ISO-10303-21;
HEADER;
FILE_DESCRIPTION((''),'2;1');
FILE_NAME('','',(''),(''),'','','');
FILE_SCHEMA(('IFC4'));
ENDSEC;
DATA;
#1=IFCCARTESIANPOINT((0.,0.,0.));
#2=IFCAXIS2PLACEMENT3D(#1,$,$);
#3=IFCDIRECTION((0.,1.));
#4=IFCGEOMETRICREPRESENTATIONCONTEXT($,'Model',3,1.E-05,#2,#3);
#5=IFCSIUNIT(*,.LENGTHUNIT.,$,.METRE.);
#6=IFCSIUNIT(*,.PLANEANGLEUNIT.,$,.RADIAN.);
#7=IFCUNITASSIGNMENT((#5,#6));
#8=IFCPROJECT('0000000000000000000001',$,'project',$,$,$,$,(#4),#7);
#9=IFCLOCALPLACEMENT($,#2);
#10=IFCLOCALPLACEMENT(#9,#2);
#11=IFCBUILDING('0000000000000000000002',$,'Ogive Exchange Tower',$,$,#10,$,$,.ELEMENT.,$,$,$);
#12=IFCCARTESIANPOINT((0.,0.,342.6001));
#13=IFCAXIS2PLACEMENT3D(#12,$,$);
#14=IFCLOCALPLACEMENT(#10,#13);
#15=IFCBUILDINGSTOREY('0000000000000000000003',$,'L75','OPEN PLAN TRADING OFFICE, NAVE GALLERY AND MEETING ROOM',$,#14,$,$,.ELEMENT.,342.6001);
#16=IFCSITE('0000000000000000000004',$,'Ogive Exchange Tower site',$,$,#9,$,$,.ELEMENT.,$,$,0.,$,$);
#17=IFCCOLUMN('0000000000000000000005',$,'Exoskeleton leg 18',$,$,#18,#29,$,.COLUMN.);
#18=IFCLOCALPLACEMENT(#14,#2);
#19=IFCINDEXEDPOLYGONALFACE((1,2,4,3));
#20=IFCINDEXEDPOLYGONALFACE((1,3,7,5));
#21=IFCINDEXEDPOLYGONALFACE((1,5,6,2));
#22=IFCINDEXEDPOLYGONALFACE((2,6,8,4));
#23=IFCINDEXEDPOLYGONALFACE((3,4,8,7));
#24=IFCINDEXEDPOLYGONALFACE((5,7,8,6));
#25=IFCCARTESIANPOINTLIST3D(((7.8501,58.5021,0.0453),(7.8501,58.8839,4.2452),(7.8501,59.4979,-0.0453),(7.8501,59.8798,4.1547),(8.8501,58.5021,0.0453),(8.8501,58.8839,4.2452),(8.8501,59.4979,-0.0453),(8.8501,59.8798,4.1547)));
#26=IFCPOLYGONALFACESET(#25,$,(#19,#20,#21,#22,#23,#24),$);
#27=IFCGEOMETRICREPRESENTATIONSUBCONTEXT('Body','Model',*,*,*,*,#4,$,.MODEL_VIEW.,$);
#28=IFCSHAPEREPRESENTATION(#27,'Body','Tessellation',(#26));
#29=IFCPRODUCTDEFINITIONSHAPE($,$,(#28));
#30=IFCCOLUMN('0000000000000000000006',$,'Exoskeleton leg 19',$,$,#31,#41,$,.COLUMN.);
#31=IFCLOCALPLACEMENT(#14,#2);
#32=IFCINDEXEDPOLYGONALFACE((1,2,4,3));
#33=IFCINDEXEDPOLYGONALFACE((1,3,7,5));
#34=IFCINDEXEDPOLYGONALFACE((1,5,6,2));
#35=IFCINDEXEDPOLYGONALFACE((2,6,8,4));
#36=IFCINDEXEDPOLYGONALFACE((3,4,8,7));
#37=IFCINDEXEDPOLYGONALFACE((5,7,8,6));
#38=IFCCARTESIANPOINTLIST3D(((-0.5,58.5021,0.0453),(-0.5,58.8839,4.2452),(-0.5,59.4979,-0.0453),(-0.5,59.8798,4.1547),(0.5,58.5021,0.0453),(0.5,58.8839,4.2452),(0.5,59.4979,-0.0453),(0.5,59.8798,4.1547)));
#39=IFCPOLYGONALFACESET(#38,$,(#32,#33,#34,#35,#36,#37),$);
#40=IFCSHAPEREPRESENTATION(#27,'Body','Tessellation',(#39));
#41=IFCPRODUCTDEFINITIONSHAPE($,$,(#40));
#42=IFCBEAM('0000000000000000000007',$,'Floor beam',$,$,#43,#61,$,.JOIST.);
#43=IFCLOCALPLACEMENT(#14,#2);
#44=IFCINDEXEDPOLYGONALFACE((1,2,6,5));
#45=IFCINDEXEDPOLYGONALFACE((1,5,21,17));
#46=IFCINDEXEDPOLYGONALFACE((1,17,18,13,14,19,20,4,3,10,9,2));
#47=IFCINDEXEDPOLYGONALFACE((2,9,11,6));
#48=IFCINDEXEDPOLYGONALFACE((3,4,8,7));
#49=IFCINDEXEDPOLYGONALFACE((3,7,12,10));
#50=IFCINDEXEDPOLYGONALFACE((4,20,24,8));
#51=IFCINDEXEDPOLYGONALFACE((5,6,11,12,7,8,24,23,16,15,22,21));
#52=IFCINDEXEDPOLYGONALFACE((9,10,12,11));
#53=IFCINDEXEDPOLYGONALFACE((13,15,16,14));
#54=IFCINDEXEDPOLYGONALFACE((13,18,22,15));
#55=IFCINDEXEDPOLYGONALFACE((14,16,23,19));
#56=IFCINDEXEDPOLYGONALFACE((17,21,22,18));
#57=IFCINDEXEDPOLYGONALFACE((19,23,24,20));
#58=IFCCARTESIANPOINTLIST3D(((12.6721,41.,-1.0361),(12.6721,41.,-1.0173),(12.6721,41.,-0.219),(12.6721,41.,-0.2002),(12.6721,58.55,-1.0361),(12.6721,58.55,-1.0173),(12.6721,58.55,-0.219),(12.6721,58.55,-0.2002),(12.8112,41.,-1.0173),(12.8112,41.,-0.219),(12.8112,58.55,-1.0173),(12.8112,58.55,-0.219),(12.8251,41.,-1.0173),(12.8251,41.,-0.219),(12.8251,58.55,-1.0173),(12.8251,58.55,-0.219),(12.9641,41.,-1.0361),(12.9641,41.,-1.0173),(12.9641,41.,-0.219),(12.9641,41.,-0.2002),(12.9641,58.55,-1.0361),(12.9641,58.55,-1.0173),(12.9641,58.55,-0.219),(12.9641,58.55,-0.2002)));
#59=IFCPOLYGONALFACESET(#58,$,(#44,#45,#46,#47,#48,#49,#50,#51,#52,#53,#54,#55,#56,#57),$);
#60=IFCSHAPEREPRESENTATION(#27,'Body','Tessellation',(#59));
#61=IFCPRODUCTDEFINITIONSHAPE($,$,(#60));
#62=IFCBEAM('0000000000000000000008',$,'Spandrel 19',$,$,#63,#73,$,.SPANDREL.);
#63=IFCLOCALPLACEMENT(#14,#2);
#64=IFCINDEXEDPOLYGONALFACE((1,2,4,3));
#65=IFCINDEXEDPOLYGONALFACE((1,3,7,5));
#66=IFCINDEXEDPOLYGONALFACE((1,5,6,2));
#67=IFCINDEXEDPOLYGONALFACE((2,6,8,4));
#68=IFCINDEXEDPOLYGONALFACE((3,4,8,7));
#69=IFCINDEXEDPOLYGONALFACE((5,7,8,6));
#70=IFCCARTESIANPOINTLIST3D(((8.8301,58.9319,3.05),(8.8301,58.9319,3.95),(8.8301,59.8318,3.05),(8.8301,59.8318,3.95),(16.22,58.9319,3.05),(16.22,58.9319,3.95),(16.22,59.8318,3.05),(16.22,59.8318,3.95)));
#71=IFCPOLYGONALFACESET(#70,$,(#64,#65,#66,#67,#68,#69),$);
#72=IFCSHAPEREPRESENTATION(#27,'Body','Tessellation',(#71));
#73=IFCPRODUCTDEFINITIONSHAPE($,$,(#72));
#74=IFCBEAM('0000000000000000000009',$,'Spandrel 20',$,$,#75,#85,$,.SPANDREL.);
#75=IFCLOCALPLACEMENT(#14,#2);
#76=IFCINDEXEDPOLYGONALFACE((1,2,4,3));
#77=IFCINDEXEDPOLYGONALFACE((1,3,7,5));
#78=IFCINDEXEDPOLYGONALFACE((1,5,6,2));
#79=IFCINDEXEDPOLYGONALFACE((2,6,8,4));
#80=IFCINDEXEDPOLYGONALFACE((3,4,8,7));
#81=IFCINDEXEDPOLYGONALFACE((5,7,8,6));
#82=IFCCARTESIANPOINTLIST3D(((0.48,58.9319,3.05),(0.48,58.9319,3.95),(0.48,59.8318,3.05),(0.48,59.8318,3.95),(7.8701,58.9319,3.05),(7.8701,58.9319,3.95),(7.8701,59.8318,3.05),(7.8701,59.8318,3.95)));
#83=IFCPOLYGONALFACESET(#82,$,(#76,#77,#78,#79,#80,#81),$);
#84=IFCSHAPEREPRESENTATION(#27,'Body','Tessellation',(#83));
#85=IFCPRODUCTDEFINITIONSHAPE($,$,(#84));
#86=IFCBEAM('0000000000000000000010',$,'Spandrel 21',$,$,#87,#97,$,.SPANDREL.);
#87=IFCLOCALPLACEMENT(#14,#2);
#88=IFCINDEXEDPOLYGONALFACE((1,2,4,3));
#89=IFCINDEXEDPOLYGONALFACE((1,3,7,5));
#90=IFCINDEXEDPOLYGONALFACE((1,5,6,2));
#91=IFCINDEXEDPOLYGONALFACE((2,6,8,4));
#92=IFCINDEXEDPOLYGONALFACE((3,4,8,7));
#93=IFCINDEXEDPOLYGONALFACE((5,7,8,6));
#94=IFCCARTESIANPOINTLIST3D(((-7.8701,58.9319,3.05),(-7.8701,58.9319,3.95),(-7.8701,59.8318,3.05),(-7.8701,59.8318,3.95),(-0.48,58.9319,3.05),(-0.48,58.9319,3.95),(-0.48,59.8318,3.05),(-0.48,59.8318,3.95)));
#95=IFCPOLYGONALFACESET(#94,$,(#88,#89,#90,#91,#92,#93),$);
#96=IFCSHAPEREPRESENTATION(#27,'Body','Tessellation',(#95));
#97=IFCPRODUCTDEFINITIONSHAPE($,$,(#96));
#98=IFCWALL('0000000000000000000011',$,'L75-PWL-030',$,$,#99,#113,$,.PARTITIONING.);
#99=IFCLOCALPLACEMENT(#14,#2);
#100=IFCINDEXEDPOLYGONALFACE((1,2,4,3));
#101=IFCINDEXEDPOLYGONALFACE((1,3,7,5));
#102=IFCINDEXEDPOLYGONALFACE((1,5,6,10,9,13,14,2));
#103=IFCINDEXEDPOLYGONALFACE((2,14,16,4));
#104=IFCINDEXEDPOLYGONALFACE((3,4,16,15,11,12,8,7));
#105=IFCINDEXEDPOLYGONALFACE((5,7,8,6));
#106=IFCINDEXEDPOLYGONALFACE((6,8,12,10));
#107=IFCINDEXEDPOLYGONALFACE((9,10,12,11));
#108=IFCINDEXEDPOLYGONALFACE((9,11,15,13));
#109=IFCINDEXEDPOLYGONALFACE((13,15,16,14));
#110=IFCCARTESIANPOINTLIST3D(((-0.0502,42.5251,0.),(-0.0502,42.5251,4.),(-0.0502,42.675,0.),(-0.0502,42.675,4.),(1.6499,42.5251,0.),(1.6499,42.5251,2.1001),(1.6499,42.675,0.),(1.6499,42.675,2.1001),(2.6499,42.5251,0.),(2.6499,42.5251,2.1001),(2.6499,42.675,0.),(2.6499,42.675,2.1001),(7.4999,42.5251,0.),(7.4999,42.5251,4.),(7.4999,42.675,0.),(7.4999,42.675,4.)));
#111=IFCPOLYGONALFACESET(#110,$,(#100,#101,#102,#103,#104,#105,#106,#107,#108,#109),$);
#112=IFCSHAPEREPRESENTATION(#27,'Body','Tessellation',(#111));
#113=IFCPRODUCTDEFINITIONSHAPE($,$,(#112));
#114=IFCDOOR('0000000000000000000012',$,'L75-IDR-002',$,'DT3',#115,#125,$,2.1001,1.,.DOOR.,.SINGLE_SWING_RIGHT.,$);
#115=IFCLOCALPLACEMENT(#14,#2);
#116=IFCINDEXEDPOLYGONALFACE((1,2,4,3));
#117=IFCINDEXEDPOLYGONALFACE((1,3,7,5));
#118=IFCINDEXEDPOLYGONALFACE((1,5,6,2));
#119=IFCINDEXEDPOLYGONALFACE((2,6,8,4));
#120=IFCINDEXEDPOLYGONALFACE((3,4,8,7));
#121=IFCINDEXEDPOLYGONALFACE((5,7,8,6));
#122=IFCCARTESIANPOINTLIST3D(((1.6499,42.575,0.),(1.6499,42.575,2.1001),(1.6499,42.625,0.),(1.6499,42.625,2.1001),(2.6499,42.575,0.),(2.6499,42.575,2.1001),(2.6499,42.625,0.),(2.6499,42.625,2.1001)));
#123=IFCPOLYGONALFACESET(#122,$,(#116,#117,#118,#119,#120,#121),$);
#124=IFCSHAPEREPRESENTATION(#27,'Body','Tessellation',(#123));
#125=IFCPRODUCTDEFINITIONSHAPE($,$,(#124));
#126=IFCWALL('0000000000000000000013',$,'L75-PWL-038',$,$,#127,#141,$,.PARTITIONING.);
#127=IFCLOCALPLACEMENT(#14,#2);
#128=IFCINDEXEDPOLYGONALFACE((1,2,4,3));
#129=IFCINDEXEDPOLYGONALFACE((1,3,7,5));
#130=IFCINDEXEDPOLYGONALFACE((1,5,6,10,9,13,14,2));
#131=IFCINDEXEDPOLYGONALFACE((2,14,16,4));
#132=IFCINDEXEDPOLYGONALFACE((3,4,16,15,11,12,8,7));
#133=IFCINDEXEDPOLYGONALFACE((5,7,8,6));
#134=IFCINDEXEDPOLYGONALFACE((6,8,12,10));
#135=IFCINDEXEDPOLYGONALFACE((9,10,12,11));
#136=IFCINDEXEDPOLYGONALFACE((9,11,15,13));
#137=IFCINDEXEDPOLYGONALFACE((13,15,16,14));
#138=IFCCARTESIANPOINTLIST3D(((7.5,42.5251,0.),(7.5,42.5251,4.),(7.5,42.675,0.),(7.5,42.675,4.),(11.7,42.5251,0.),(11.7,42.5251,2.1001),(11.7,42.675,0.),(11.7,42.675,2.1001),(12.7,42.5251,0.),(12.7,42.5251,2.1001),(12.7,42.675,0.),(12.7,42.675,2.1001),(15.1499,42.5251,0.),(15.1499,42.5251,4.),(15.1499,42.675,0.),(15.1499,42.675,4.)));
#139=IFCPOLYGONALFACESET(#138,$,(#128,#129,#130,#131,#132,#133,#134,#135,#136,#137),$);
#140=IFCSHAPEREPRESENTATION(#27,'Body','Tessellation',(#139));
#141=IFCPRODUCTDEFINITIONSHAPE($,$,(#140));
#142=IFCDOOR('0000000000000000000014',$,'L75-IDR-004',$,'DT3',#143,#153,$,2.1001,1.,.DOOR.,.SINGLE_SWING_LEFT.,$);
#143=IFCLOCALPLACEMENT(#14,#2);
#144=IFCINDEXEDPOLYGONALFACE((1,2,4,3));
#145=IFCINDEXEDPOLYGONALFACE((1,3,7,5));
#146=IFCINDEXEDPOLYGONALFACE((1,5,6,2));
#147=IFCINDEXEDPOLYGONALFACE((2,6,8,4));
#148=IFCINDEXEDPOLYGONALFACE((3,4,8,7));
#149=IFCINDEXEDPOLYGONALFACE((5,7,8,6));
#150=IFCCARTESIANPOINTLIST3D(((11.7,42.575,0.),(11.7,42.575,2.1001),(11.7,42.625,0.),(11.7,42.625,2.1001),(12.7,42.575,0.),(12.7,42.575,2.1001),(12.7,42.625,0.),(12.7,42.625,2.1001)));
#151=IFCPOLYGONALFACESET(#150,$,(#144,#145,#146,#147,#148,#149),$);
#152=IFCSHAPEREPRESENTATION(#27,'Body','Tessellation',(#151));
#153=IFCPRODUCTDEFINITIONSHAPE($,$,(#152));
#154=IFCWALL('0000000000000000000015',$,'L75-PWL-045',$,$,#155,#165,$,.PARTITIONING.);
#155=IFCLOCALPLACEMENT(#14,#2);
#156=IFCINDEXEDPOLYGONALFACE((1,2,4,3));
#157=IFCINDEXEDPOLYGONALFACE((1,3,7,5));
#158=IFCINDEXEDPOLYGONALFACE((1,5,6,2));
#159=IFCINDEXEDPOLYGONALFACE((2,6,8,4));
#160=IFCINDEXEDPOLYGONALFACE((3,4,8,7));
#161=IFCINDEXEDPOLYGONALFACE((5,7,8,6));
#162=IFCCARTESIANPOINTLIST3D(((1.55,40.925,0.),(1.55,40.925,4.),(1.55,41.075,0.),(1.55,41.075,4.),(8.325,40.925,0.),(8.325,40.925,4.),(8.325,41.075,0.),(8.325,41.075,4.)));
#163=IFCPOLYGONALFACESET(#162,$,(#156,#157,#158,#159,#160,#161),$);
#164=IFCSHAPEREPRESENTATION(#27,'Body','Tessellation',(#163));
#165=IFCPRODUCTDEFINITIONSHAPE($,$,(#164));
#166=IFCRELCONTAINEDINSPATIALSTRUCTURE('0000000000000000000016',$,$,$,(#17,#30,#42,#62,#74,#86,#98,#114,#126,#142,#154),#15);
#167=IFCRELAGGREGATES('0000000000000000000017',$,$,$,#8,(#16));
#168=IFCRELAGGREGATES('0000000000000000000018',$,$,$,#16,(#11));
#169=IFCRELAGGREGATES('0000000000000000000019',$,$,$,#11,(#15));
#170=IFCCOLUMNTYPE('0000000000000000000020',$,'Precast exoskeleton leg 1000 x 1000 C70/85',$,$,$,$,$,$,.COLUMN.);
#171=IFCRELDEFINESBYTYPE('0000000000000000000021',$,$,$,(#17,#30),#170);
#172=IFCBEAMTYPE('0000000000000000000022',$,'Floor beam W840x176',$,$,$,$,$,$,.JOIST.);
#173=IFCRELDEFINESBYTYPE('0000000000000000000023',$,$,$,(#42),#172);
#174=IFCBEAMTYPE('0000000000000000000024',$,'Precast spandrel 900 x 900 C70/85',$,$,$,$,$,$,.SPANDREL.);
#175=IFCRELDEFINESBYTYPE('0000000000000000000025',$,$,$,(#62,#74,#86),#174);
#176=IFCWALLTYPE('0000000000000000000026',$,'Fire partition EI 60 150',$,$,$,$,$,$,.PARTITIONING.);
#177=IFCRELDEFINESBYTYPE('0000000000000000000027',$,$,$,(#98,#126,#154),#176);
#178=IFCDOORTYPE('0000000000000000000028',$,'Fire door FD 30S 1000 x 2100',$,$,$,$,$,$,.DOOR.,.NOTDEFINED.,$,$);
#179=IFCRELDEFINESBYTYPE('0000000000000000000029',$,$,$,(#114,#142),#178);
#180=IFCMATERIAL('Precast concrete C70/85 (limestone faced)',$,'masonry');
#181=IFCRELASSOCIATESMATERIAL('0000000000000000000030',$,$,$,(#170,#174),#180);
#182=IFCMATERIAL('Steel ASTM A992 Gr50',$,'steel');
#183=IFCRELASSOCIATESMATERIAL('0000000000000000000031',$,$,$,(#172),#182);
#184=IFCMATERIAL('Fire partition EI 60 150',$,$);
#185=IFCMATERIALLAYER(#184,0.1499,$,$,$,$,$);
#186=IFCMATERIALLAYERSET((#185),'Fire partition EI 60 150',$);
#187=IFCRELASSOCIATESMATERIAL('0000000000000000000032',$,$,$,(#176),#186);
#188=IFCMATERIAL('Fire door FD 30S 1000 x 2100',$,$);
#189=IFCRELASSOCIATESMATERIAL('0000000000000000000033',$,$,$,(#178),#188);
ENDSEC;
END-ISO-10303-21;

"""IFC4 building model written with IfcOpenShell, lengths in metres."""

from ifc_helpers import new_model, si_unit, direction, frame, frame_2d, origin, origin_2d, place, context, subcontext, project, spatial, rectangle, i_section, extrude, material, layer, layer_set, material_profile, profile_set, type_object, element, fill, save


model = new_model("IFC4")

# Units and contexts
model_context = context("Model", 3, precision=1e-05, world=origin(), true_north=direction((0.0, 1.0)))
body_context = subcontext(model_context, "Body", "Model", "MODEL_VIEW")
ifc_project = project(units=[si_unit("LENGTHUNIT", "METRE"), si_unit("PLANEANGLEUNIT", "RADIAN")], contexts=[model_context])

# Site, building, storey
site_placement = place(None, origin())
site = spatial("IfcSite", under=ifc_project, at=site_placement, Name="Ogive Exchange Tower site", CompositionType="ELEMENT", RefElevation=0.0)
building_placement = place(site_placement, origin())
building = spatial("IfcBuilding", under=site, at=building_placement, Name="Ogive Exchange Tower", CompositionType="ELEMENT")
storey_placement = place(building_placement, frame((0.0, 0.0, 342.6001)))
storey = spatial("IfcBuildingStorey", under=building, at=storey_placement, Name="L75", Description="OPEN PLAN TRADING OFFICE, NAVE GALLERY AND MEETING ROOM", CompositionType="ELEMENT", Elevation=342.6001)

# Columns
ifc_material_1 = material(Name="Precast concrete C70/85 (limestone faced)", Category="masonry")
ifc_material_profile_1 = material_profile(ifc_material_1, rectangle(XDim=1.0, YDim=1.0, at=origin_2d()), Name="1000 x 1000")
ifc_profile_set_1 = profile_set([ifc_material_profile_1], Name="Precast concrete C70/85 (limestone faced)")
column_type = type_object("IfcColumnType", Name="Precast exoskeleton leg 1000 x 1000 C70/85", PredefinedType="COLUMN", material=ifc_profile_set_1)
for number, where, z_axis, x_axis, name in (
    (1, (8.3501, 59.0, 0.0), (0.0, 0.090541, 0.995893), (-1.0, 0.0, 0.0), "Exoskeleton leg 18"),
    (2, (0.0, 59.0, 0.0), (0.0, 0.090541, 0.995893), (-1.0, 0.0, 0.0), "Exoskeleton leg 19"),
):
    element("IfcColumn", number, at=place(storey_placement, frame(where, z_axis=z_axis, x_axis=x_axis)), inside=storey, type_object=column_type, Name=name, PredefinedType="COLUMN", context=body_context, shape_type="SweptSolid", body=[
        extrude(rectangle(XDim=1.0, YDim=1.0, at=origin_2d()), origin(), (0.0, 0.0, 1.0), 4.2173),
    ])

# Beams
ifc_material_2 = material(Name="Steel ASTM A992 Gr50", Category="steel")
ifc_material_profile_2 = material_profile(ifc_material_2, i_section(OverallWidth=0.292, OverallDepth=0.8359, WebThickness=0.0139, FlangeThickness=0.0188, at=origin_2d()), Name="W840x176")
ifc_profile_set_2 = profile_set([ifc_material_profile_2], Name="Steel ASTM A992 Gr50")
beam_type_1 = type_object("IfcBeamType", Name="Floor beam W840x176", PredefinedType="JOIST", material=ifc_profile_set_2)
beam_1_placement = place(storey_placement, frame((12.8181, 41.0, -0.6182), z_axis=(0.0, 1.0, 0.0), x_axis=(-1.0, 0.0, 0.0)))
element("IfcBeam", 3, at=beam_1_placement, inside=storey, type_object=beam_type_1, Name="Floor beam", PredefinedType="JOIST", context=body_context, shape_type="SweptSolid", body=[
    extrude(i_section(OverallWidth=0.292, OverallDepth=0.8359, WebThickness=0.0139, FlangeThickness=0.0188, at=origin_2d()), origin(), (0.0, 0.0, 1.0), 17.55),
])
ifc_material_profile_3 = material_profile(ifc_material_1, rectangle(XDim=0.8999, YDim=0.8999, at=origin_2d()), Name="900 x 900")
ifc_profile_set_3 = profile_set([ifc_material_profile_3], Name="Precast concrete C70/85 (limestone faced)")
beam_type_2 = type_object("IfcBeamType", Name="Precast spandrel 900 x 900 C70/85", PredefinedType="SPANDREL", material=ifc_profile_set_3)
beam_2_placement = place(storey_placement, frame((16.22, 59.3818, 3.5), z_axis=(-1.0, 0.0, 0.0), x_axis=(0.0, -1.0, 0.0)))
element("IfcBeam", 4, at=beam_2_placement, inside=storey, type_object=beam_type_2, Name="Spandrel 19", PredefinedType="SPANDREL", context=body_context, shape_type="SweptSolid", body=[
    extrude(rectangle(XDim=0.8999, YDim=0.8999, at=origin_2d()), origin(), (0.0, 0.0, 1.0), 7.3899),
])
for number, where, z_axis, x_axis, name in (
    (5, (7.8701, 59.3818, 3.5), (-1.0, 0.0, 0.0), (0.0, -1.0, 0.0), "Spandrel 20"),
    (6, (-0.48, 59.3818, 3.5), (-1.0, 0.0, 0.0), (0.0, -1.0, 0.0), "Spandrel 21"),
):
    element("IfcBeam", number, at=place(storey_placement, frame(where, z_axis=z_axis, x_axis=x_axis)), inside=storey, type_object=beam_type_2, Name=name, PredefinedType="SPANDREL", context=body_context, shape_type="SweptSolid", body=[
        extrude(rectangle(XDim=0.8999, YDim=0.8999, at=origin_2d()), origin(), (0.0, 0.0, 1.0), 7.3901),
    ])

# Walls, openings, doors
ifc_material_3 = material(Name="Fire partition EI 60 150")
ifc_layer_1 = layer(ifc_material_3, 0.1499)
ifc_layer_set_1 = layer_set([ifc_layer_1], Name="Fire partition EI 60 150")
wall_type_1 = type_object("IfcWallType", Name="Fire partition EI 60 150", PredefinedType="PARTITIONING", material=ifc_layer_set_1)
wall_1_placement = place(storey_placement, frame((-0.05, 42.6001, 0.0), z_axis=(0.0, 0.0, 1.0), x_axis=(1.0, 0.0, 0.0)))
wall_1 = element("IfcWall", 7, at=wall_1_placement, inside=storey, type_object=wall_type_1, Name="L75-PWL-030", PredefinedType="PARTITIONING", context=body_context, shape_type="SweptSolid", body=[
    extrude(rectangle(XDim=7.55, YDim=0.1499, at=frame_2d((3.7749, 0.0))), origin(), (0.0, 0.0, 1.0), 4.0),
])
opening_1_placement = place(wall_1_placement, frame((1.7, 0.0, 0.0)))
opening_1 = element("IfcOpeningElement", 8, at=opening_1_placement, cuts=wall_1, PredefinedType="OPENING", context=body_context, shape_type="SweptSolid", body=[
    extrude(rectangle(XDim=1.0, YDim=2.1001, at=frame_2d((0.5, 1.05))), frame((0.0, 0.085, 0.0), z_axis=(0.0, -1.0, 0.0), x_axis=(1.0, 0.0, 0.0)), (0.0, 0.0, 1.0), 0.1699),
])
ifc_material_4 = material(Name="Fire door FD 30S 1000 x 2100")
door_type_1 = type_object("IfcDoorType", Name="Fire door FD 30S 1000 x 2100", OperationType="NOTDEFINED", PredefinedType="DOOR", material=ifc_material_4)
door_1_placement = place(opening_1_placement, origin())
door_1 = element("IfcDoor", 9, at=door_1_placement, inside=storey, type_object=door_type_1, Name="L75-IDR-002", ObjectType="DT3", OperationType="SINGLE_SWING_RIGHT", OverallHeight=2.1001, OverallWidth=1.0, PredefinedType="DOOR", context=body_context, shape_type="SweptSolid", body=[
    extrude(rectangle(XDim=1.0, YDim=2.1001, at=frame_2d((0.5, 1.05))), frame((0.0, 0.0249, 0.0), z_axis=(0.0, -1.0, 0.0), x_axis=(1.0, 0.0, 0.0)), (0.0, 0.0, 1.0), 0.05),
])
fill(opening_1, door_1)
wall_2_placement = place(storey_placement, frame((7.5, 42.6001, 0.0), z_axis=(0.0, 0.0, 1.0), x_axis=(1.0, 0.0, 0.0)))
wall_2 = element("IfcWall", 10, at=wall_2_placement, inside=storey, type_object=wall_type_1, Name="L75-PWL-038", PredefinedType="PARTITIONING", context=body_context, shape_type="SweptSolid", body=[
    extrude(rectangle(XDim=7.6499, YDim=0.1499, at=frame_2d((3.825, 0.0))), origin(), (0.0, 0.0, 1.0), 4.0),
])
opening_2_placement = place(wall_2_placement, frame((4.2, 0.0, 0.0)))
opening_2 = element("IfcOpeningElement", 11, at=opening_2_placement, cuts=wall_2, PredefinedType="OPENING", context=body_context, shape_type="SweptSolid", body=[
    extrude(rectangle(XDim=1.0, YDim=2.1001, at=frame_2d((0.5, 1.05))), frame((0.0, 0.085, 0.0), z_axis=(0.0, -1.0, 0.0), x_axis=(1.0, 0.0, 0.0)), (0.0, 0.0, 1.0), 0.1699),
])
door_2_placement = place(opening_2_placement, origin())
door_2 = element("IfcDoor", 12, at=door_2_placement, inside=storey, type_object=door_type_1, Name="L75-IDR-004", ObjectType="DT3", OperationType="SINGLE_SWING_LEFT", OverallHeight=2.1001, OverallWidth=1.0, PredefinedType="DOOR", context=body_context, shape_type="SweptSolid", body=[
    extrude(rectangle(XDim=1.0, YDim=2.1001, at=frame_2d((0.5, 1.05))), frame((0.0, 0.0249, 0.0), z_axis=(0.0, -1.0, 0.0), x_axis=(1.0, 0.0, 0.0)), (0.0, 0.0, 1.0), 0.05),
])
fill(opening_2, door_2)

# Wall
wall_3_placement = place(storey_placement, frame((8.325, 41.0, 0.0), z_axis=(0.0, 0.0, 1.0), x_axis=(-1.0, 0.0, 0.0)))
element("IfcWall", 13, at=wall_3_placement, inside=storey, type_object=wall_type_1, Name="L75-PWL-045", PredefinedType="PARTITIONING", context=body_context, shape_type="SweptSolid", body=[
    extrude(rectangle(XDim=6.7749, YDim=0.1499, at=frame_2d((3.3875, 0.0))), origin(), (0.0, 0.0, 1.0), 4.0),
])

save(model, "model.ifc")
